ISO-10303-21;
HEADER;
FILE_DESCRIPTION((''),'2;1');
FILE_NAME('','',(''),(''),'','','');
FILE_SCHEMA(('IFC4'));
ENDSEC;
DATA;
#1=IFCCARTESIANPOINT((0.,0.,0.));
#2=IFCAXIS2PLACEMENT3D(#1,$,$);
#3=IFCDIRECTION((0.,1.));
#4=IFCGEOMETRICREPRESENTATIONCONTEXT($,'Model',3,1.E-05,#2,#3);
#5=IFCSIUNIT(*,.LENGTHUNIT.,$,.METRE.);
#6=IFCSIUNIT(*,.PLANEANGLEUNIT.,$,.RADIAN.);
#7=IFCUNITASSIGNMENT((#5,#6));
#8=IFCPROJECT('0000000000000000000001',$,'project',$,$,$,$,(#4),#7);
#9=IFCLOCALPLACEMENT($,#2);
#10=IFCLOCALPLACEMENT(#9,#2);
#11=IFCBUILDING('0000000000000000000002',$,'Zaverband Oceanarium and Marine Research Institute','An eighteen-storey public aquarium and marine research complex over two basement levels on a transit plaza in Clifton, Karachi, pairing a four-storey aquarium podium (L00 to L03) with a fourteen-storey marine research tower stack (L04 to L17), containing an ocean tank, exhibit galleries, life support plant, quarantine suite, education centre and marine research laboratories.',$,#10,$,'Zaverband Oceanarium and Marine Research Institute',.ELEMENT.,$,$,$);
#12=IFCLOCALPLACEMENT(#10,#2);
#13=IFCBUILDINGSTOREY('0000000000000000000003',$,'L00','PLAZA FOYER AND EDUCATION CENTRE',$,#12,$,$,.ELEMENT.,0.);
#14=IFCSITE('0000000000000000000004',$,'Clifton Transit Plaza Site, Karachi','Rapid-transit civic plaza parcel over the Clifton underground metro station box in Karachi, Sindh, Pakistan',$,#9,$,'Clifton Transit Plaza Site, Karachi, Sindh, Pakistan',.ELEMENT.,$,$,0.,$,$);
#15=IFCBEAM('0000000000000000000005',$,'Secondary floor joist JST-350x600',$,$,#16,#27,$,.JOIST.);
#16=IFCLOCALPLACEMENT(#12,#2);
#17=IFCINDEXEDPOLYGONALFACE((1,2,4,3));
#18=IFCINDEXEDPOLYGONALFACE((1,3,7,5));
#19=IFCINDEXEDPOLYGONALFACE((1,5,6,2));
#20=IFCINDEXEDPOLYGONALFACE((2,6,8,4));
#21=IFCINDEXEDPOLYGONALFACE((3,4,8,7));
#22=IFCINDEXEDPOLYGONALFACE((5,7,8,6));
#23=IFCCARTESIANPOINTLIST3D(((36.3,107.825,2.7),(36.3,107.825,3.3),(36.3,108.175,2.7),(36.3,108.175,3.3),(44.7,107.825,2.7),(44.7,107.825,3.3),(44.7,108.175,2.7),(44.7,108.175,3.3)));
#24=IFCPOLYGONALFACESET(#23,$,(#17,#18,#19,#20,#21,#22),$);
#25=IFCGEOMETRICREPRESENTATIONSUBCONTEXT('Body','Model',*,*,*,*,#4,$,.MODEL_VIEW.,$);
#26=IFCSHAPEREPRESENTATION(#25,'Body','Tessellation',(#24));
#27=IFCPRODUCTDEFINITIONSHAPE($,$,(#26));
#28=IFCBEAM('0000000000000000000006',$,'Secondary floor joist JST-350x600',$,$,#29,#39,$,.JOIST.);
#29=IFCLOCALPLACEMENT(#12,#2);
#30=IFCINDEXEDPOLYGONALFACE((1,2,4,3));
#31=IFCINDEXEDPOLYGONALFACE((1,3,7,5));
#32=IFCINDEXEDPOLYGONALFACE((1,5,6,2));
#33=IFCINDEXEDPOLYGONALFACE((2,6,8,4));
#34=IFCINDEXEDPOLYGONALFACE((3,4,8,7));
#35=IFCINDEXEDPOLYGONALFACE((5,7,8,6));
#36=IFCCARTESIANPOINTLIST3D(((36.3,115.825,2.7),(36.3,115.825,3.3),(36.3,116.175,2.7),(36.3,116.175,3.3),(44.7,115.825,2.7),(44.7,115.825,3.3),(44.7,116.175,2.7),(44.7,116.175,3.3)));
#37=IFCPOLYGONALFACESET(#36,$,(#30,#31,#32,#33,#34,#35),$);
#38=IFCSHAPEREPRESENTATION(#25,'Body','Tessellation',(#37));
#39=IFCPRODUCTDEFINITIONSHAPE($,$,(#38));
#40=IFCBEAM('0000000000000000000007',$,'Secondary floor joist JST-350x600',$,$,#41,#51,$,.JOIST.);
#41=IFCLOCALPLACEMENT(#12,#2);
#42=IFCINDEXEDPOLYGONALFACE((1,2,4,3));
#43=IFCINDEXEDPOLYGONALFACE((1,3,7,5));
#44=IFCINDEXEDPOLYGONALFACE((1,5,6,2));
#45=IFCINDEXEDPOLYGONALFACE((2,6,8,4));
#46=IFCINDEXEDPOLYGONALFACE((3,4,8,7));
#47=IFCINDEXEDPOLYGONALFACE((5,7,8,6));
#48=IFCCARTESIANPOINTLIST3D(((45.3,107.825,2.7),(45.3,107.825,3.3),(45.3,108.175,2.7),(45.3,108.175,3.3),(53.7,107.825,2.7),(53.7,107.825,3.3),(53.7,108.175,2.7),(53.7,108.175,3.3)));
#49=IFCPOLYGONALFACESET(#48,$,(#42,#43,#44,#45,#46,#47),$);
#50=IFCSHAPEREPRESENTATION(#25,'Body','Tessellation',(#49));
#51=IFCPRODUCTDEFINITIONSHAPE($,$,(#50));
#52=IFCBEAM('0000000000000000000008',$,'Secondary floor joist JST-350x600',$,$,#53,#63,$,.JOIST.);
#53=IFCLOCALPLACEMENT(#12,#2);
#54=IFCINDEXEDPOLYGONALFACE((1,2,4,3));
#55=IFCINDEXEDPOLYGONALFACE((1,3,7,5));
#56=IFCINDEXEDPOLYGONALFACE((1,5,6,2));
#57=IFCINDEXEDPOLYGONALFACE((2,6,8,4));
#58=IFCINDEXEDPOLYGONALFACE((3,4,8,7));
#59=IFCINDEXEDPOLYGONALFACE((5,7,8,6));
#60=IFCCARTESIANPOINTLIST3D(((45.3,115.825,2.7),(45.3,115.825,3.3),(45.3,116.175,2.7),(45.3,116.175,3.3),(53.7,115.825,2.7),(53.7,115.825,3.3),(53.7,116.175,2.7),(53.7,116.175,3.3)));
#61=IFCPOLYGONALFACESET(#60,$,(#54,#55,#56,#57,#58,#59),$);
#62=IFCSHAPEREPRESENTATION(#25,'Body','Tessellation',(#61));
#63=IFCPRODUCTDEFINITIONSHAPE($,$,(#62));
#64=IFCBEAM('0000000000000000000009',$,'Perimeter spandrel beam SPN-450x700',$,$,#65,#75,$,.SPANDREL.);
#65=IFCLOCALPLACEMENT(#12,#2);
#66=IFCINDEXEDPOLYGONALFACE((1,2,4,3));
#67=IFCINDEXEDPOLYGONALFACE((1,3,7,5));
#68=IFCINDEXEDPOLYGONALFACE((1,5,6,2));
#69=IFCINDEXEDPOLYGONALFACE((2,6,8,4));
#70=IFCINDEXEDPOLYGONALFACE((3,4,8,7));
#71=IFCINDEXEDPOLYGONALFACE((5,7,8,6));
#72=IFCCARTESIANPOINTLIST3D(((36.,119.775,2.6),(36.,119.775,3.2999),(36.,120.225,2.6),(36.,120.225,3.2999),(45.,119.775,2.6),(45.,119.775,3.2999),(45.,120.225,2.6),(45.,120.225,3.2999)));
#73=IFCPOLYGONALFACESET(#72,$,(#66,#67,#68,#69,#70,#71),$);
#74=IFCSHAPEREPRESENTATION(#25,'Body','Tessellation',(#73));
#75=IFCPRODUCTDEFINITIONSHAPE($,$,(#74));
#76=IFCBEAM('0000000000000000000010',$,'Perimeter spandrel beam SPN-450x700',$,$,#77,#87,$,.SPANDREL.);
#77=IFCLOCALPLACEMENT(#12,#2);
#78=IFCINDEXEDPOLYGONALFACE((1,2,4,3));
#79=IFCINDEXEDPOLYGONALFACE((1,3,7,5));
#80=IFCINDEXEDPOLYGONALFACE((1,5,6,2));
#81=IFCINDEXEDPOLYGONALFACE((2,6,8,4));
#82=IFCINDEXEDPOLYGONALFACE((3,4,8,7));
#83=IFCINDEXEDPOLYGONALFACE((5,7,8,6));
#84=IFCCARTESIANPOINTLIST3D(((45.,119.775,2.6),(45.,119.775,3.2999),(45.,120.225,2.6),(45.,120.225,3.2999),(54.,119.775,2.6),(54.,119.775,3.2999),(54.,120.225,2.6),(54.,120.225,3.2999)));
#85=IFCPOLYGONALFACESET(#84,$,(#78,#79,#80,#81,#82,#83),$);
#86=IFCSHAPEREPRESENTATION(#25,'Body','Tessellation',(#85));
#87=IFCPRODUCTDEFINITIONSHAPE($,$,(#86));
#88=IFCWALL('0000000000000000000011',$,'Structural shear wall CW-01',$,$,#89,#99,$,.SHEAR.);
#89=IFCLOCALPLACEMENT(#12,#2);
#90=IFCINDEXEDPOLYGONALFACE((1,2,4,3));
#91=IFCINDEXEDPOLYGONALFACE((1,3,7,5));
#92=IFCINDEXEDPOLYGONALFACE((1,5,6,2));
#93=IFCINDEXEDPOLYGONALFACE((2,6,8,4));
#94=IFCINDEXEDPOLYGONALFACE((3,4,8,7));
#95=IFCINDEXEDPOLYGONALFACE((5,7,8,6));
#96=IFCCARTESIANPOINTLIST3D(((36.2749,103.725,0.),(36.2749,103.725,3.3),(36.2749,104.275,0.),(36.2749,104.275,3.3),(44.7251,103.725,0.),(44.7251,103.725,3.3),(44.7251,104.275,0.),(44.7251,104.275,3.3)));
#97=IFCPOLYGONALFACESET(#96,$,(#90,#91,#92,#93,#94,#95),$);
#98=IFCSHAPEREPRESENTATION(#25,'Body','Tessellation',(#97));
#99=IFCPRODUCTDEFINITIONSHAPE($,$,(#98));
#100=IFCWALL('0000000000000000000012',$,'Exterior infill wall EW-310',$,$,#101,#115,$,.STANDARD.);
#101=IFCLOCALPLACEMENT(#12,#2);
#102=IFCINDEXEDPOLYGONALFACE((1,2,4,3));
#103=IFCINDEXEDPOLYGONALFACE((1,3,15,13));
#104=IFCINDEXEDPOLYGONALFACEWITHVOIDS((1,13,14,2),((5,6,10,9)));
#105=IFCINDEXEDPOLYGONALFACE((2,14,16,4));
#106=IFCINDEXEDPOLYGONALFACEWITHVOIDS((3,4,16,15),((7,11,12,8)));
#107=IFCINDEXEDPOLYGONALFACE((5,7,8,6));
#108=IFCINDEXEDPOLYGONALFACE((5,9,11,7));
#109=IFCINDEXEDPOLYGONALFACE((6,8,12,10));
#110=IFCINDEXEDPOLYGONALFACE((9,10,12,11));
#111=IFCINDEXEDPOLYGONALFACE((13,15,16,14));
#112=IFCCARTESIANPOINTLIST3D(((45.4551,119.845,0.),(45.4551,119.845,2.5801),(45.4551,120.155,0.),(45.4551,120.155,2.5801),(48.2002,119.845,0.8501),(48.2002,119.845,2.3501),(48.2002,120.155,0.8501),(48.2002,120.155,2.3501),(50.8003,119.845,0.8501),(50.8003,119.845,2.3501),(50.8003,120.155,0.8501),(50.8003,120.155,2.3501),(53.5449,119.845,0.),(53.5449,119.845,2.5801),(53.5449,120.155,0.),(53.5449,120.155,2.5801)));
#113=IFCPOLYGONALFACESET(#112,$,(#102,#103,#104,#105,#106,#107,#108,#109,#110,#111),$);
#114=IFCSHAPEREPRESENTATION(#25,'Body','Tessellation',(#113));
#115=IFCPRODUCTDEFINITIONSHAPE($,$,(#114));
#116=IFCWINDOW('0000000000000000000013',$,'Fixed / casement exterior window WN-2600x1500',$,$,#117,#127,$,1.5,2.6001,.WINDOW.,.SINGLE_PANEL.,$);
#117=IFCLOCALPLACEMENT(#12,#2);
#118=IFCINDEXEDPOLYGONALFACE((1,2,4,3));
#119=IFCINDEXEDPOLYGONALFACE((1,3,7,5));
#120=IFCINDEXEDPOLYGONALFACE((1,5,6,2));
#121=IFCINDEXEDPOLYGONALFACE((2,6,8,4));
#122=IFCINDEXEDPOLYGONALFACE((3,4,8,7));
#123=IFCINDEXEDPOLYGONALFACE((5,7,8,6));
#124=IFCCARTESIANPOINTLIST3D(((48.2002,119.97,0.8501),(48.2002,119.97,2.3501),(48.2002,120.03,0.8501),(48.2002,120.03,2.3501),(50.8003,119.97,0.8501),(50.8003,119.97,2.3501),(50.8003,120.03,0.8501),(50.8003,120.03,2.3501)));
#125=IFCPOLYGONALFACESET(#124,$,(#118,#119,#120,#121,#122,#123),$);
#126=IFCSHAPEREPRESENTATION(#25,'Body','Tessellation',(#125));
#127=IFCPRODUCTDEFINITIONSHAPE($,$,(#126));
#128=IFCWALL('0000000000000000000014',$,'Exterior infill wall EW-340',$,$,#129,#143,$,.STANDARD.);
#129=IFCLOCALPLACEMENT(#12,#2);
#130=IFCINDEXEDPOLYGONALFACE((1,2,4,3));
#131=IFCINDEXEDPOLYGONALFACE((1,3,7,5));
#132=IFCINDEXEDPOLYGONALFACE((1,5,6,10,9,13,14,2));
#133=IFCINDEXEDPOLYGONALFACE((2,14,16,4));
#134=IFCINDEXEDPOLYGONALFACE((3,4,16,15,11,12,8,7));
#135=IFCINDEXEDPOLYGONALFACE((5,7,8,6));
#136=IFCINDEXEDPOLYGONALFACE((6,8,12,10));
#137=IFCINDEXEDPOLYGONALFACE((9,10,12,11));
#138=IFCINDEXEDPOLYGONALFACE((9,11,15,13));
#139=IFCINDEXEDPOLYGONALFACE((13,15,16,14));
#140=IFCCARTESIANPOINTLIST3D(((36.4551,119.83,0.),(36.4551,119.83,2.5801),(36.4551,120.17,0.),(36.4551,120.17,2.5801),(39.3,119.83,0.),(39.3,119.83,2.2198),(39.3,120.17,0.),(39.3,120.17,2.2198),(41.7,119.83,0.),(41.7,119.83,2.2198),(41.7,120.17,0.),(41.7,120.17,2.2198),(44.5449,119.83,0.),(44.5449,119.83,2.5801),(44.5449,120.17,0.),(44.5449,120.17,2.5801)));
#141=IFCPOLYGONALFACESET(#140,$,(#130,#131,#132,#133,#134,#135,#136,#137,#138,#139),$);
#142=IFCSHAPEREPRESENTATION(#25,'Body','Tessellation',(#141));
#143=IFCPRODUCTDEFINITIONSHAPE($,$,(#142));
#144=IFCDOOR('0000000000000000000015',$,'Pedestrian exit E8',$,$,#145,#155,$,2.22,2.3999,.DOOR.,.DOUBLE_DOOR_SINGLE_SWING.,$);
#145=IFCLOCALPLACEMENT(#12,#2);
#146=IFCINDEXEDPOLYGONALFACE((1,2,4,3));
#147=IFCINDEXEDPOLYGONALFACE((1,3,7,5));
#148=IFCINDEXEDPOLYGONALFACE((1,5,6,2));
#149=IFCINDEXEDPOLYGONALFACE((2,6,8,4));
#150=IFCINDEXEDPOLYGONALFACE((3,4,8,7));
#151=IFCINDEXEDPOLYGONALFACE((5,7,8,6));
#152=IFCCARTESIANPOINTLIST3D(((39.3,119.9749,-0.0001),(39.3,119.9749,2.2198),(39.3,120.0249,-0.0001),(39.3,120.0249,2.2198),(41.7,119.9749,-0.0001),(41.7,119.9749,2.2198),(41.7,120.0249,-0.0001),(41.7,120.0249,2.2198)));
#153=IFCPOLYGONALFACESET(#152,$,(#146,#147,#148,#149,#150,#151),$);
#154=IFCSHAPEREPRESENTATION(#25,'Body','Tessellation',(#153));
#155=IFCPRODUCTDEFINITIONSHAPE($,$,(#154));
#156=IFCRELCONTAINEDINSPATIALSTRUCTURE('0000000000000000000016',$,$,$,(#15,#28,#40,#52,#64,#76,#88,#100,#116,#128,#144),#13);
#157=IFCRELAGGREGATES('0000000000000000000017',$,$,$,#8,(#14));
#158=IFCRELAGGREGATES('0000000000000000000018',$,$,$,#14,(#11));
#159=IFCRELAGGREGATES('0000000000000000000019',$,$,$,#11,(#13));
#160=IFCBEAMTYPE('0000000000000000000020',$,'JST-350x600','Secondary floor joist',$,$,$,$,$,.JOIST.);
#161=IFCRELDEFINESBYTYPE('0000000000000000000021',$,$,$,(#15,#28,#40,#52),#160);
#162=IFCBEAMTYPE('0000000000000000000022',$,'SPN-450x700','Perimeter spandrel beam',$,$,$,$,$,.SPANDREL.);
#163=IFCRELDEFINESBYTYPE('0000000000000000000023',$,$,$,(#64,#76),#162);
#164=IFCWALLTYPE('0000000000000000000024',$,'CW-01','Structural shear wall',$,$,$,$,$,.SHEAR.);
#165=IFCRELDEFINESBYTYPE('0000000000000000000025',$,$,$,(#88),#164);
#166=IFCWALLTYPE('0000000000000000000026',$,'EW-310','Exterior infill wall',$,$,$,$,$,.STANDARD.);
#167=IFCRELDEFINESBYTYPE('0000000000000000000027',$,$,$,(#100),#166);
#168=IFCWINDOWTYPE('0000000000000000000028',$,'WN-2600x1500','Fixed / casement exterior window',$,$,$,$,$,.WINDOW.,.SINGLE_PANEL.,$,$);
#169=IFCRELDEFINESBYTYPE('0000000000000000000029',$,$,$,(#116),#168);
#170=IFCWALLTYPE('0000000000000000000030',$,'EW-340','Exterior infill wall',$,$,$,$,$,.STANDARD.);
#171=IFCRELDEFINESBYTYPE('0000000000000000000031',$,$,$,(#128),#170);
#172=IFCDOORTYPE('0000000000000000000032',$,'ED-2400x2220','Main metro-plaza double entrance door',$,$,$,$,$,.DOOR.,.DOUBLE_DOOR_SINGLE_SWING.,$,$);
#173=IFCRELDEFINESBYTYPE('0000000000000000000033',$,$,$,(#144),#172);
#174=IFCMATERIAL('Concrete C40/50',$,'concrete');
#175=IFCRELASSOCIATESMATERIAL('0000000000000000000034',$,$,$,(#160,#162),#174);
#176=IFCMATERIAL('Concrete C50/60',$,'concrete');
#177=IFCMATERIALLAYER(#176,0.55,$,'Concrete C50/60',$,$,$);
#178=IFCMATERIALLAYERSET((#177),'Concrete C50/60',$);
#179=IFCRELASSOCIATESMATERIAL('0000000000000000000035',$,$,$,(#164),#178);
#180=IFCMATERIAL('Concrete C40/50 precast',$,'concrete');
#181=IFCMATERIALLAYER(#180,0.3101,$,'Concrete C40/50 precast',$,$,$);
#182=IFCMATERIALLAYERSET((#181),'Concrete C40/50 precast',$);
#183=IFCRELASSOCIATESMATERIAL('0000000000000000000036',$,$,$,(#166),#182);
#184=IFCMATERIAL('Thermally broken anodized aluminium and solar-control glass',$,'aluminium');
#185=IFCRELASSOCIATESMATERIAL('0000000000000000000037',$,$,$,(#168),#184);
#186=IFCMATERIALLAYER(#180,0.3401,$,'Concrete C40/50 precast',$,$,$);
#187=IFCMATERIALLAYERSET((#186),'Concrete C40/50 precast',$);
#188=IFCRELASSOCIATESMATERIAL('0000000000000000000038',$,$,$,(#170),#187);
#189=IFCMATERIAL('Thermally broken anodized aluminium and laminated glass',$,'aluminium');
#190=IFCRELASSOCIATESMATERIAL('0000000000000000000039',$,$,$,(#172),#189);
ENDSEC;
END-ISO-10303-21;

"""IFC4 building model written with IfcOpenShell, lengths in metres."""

from ifc_helpers import new_model, si_unit, direction, frame, frame_2d, origin, origin_2d, place, context, subcontext, project, spatial, rectangle, extrude, material, layer, layer_set, material_profile, profile_set, type_object, element, fill, save


model = new_model("IFC4")

# Units and contexts
model_context = context("Model", 3, precision=1e-05, world=origin(), true_north=direction((0.0, 1.0)))
body_context = subcontext(model_context, "Body", "Model", "MODEL_VIEW")
ifc_project = project(units=[si_unit("LENGTHUNIT", "METRE"), si_unit("PLANEANGLEUNIT", "RADIAN")], contexts=[model_context])

# Site, building, storey
site_placement = place(None, origin())
site = spatial("IfcSite", under=ifc_project, at=site_placement, Name="Clifton Transit Plaza Site, Karachi", Description="Rapid-transit civic plaza parcel over the Clifton underground metro station box in Karachi, Sindh, Pakistan", LongName="Clifton Transit Plaza Site, Karachi, Sindh, Pakistan", CompositionType="ELEMENT", RefElevation=0.0)
building_placement = place(site_placement, origin())
building = spatial("IfcBuilding", under=site, at=building_placement, Name="Zaverband Oceanarium and Marine Research Institute", Description="An eighteen-storey public aquarium and marine research complex over two basement levels on a transit plaza in Clifton, Karachi, pairing a four-storey aquarium podium (L00 to L03) with a fourteen-storey marine research tower stack (L04 to L17), containing an ocean tank, exhibit galleries, life support plant, quarantine suite, education centre and marine research laboratories.", LongName="Zaverband Oceanarium and Marine Research Institute", CompositionType="ELEMENT")
storey_placement = place(building_placement, origin())
storey = spatial("IfcBuildingStorey", under=building, at=storey_placement, Name="L00", Description="PLAZA FOYER AND EDUCATION CENTRE", CompositionType="ELEMENT", Elevation=0.0)

# Shared definitions
ifc_material_1 = material(Name="Concrete C50/60", Category="concrete")

# Beams
ifc_material_2 = material(Name="Concrete C40/50", Category="concrete")
ifc_material_profile_1 = material_profile(ifc_material_2, rectangle(XDim=0.3501, YDim=0.6001, at=origin_2d()), Name="RC350x600")
ifc_profile_set_1 = profile_set([ifc_material_profile_1], Name="Concrete C40/50")
beam_type_1 = type_object("IfcBeamType", Name="JST-350x600", Description="Secondary floor joist", PredefinedType="JOIST", material=ifc_profile_set_1)
for number, where, z_axis, x_axis, name in (
    (1, (36.3, 108.0, 3.0), (1.0, 0.0, 0.0), (0.0, 1.0, 0.0), "Secondary floor joist JST-350x600"),
    (2, (36.3, 116.0, 3.0), (1.0, 0.0, 0.0), (0.0, 1.0, 0.0), "Secondary floor joist JST-350x600"),
    (3, (45.3, 108.0, 3.0), (1.0, 0.0, 0.0), (0.0, 1.0, 0.0), "Secondary floor joist JST-350x600"),
    (4, (45.3, 116.0, 3.0), (1.0, 0.0, 0.0), (0.0, 1.0, 0.0), "Secondary floor joist JST-350x600"),
):
    element("IfcBeam", number, at=place(storey_placement, frame(where, z_axis=z_axis, x_axis=x_axis)), inside=storey, type_object=beam_type_1, Name=name, PredefinedType="JOIST", context=body_context, shape_type="SweptSolid", body=[
        extrude(rectangle(XDim=0.3501, YDim=0.6001, at=origin_2d()), origin(), (0.0, 0.0, 1.0), 8.3999),
    ])
ifc_material_profile_2 = material_profile(ifc_material_2, rectangle(XDim=0.45, YDim=0.7, at=origin_2d()), Name="RC450x700")
ifc_profile_set_2 = profile_set([ifc_material_profile_2], Name="Concrete C40/50")
beam_type_2 = type_object("IfcBeamType", Name="SPN-450x700", Description="Perimeter spandrel beam", PredefinedType="SPANDREL", material=ifc_profile_set_2)
for number, where, z_axis, x_axis, name in (
    (5, (36.0, 120.0, 2.95), (1.0, 0.0, 0.0), (0.0, 1.0, 0.0), "Perimeter spandrel beam SPN-450x700"),
    (6, (45.0, 120.0, 2.95), (1.0, 0.0, 0.0), (0.0, 1.0, 0.0), "Perimeter spandrel beam SPN-450x700"),
):
    element("IfcBeam", number, at=place(storey_placement, frame(where, z_axis=z_axis, x_axis=x_axis)), inside=storey, type_object=beam_type_2, Name=name, PredefinedType="SPANDREL", context=body_context, shape_type="SweptSolid", body=[
        extrude(rectangle(XDim=0.45, YDim=0.7, at=origin_2d()), origin(), (0.0, 0.0, 1.0), 9.0),
    ])

# Wall
ifc_layer_1 = layer(ifc_material_1, 0.55, Name="Concrete C50/60")
ifc_layer_set_1 = layer_set([ifc_layer_1], Name="Concrete C50/60")
wall_type_1 = type_object("IfcWallType", Name="CW-01", Description="Structural shear wall", PredefinedType="SHEAR", material=ifc_layer_set_1)
wall_1_placement = place(storey_placement, frame((36.2749, 104.0, 0.0), z_axis=(0.0, 0.0, 1.0), x_axis=(1.0, 0.0, 0.0)))
element("IfcWall", 7, at=wall_1_placement, inside=storey, type_object=wall_type_1, Name="Structural shear wall CW-01", PredefinedType="SHEAR", context=body_context, shape_type="SweptSolid", body=[
    extrude(rectangle(XDim=8.4502, YDim=0.55, at=frame_2d((4.2251, 0.0))), origin(), (0.0, 0.0, 1.0), 3.3),
])

# Wall, opening, window
ifc_material_3 = material(Name="Concrete C40/50 precast", Category="concrete")
ifc_layer_2 = layer(ifc_material_3, 0.3101, Name="Concrete C40/50 precast")
ifc_layer_set_2 = layer_set([ifc_layer_2], Name="Concrete C40/50 precast")
wall_type_2 = type_object("IfcWallType", Name="EW-310", Description="Exterior infill wall", PredefinedType="STANDARD", material=ifc_layer_set_2)
wall_2_placement = place(storey_placement, frame((45.4551, 120.0, 0.0), z_axis=(0.0, 0.0, 1.0), x_axis=(1.0, 0.0, 0.0)))
wall_2 = element("IfcWall", 8, at=wall_2_placement, inside=storey, type_object=wall_type_2, Name="Exterior infill wall EW-310", PredefinedType="STANDARD", context=body_context, shape_type="SweptSolid", body=[
    extrude(rectangle(XDim=8.0898, YDim=0.3101, at=frame_2d((4.0449, 0.0))), origin(), (0.0, 0.0, 1.0), 2.5801),
])
opening_1_placement = place(wall_2_placement, frame((2.7451, 0.0, 0.8501)))
opening_1 = element("IfcOpeningElement", 9, at=opening_1_placement, cuts=wall_2, PredefinedType="OPENING", context=body_context, shape_type="SweptSolid", body=[
    extrude(rectangle(XDim=2.6001, YDim=1.5, at=frame_2d((1.3, 0.75))), frame((0.0, 0.167, 0.0), z_axis=(0.0, -1.0, 0.0), x_axis=(1.0, 0.0, 0.0)), (0.0, 0.0, 1.0), 0.334),
])
ifc_material_4 = material(Name="Thermally broken anodized aluminium and solar-control glass", Category="aluminium")
window_type = type_object("IfcWindowType", Name="WN-2600x1500", Description="Fixed / casement exterior window", PartitioningType="SINGLE_PANEL", PredefinedType="WINDOW", material=ifc_material_4)
window_placement = place(opening_1_placement, origin())
window = element("IfcWindow", 10, at=window_placement, inside=storey, type_object=window_type, Name="Fixed / casement exterior window WN-2600x1500", OverallHeight=1.5, OverallWidth=2.6001, PartitioningType="SINGLE_PANEL", PredefinedType="WINDOW", context=body_context, shape_type="SweptSolid", body=[
    extrude(rectangle(XDim=2.6001, YDim=1.5, at=frame_2d((1.3, 0.75))), frame((0.0, 0.03, 0.0), z_axis=(0.0, -1.0, 0.0), x_axis=(1.0, 0.0, 0.0)), (0.0, 0.0, 1.0), 0.0601),
])
fill(opening_1, window)

# Wall, opening, door
ifc_layer_3 = layer(ifc_material_3, 0.3401, Name="Concrete C40/50 precast")
ifc_layer_set_3 = layer_set([ifc_layer_3], Name="Concrete C40/50 precast")
wall_type_3 = type_object("IfcWallType", Name="EW-340", Description="Exterior infill wall", PredefinedType="STANDARD", material=ifc_layer_set_3)
wall_3_placement = place(storey_placement, frame((36.4551, 120.0, 0.0), z_axis=(0.0, 0.0, 1.0), x_axis=(1.0, 0.0, 0.0)))
wall_3 = element("IfcWall", 11, at=wall_3_placement, inside=storey, type_object=wall_type_3, Name="Exterior infill wall EW-340", PredefinedType="STANDARD", context=body_context, shape_type="SweptSolid", body=[
    extrude(rectangle(XDim=8.0898, YDim=0.3401, at=frame_2d((4.0449, 0.0))), origin(), (0.0, 0.0, 1.0), 2.5801),
])
opening_2_placement = place(wall_3_placement, frame((2.845, 0.0, 0.0)))
opening_2 = element("IfcOpeningElement", 12, at=opening_2_placement, cuts=wall_3, PredefinedType="OPENING", context=body_context, shape_type="SweptSolid", body=[
    extrude(rectangle(XDim=2.3999, YDim=2.22, at=frame_2d((1.2, 1.1099))), frame((0.0, 0.1821, 0.0), z_axis=(0.0, -1.0, 0.0), x_axis=(1.0, 0.0, 0.0)), (0.0, 0.0, 1.0), 0.364),
])
ifc_material_5 = material(Name="Thermally broken anodized aluminium and laminated glass", Category="aluminium")
door_type = type_object("IfcDoorType", Name="ED-2400x2220", Description="Main metro-plaza double entrance door", OperationType="DOUBLE_DOOR_SINGLE_SWING", PredefinedType="DOOR", material=ifc_material_5)
door_placement = place(opening_2_placement, origin())
door = element("IfcDoor", 13, at=door_placement, inside=storey, type_object=door_type, Name="Pedestrian exit E8", OperationType="DOUBLE_DOOR_SINGLE_SWING", OverallHeight=2.22, OverallWidth=2.3999, PredefinedType="DOOR", context=body_context, shape_type="SweptSolid", body=[
    extrude(rectangle(XDim=2.3999, YDim=2.22, at=frame_2d((1.2, 1.1099))), frame((0.0, 0.0249, 0.0), z_axis=(0.0, -1.0, 0.0), x_axis=(1.0, 0.0, 0.0)), (0.0, 0.0, 1.0), 0.05),
])
fill(opening_2, door)

save(model, "model.ifc")
